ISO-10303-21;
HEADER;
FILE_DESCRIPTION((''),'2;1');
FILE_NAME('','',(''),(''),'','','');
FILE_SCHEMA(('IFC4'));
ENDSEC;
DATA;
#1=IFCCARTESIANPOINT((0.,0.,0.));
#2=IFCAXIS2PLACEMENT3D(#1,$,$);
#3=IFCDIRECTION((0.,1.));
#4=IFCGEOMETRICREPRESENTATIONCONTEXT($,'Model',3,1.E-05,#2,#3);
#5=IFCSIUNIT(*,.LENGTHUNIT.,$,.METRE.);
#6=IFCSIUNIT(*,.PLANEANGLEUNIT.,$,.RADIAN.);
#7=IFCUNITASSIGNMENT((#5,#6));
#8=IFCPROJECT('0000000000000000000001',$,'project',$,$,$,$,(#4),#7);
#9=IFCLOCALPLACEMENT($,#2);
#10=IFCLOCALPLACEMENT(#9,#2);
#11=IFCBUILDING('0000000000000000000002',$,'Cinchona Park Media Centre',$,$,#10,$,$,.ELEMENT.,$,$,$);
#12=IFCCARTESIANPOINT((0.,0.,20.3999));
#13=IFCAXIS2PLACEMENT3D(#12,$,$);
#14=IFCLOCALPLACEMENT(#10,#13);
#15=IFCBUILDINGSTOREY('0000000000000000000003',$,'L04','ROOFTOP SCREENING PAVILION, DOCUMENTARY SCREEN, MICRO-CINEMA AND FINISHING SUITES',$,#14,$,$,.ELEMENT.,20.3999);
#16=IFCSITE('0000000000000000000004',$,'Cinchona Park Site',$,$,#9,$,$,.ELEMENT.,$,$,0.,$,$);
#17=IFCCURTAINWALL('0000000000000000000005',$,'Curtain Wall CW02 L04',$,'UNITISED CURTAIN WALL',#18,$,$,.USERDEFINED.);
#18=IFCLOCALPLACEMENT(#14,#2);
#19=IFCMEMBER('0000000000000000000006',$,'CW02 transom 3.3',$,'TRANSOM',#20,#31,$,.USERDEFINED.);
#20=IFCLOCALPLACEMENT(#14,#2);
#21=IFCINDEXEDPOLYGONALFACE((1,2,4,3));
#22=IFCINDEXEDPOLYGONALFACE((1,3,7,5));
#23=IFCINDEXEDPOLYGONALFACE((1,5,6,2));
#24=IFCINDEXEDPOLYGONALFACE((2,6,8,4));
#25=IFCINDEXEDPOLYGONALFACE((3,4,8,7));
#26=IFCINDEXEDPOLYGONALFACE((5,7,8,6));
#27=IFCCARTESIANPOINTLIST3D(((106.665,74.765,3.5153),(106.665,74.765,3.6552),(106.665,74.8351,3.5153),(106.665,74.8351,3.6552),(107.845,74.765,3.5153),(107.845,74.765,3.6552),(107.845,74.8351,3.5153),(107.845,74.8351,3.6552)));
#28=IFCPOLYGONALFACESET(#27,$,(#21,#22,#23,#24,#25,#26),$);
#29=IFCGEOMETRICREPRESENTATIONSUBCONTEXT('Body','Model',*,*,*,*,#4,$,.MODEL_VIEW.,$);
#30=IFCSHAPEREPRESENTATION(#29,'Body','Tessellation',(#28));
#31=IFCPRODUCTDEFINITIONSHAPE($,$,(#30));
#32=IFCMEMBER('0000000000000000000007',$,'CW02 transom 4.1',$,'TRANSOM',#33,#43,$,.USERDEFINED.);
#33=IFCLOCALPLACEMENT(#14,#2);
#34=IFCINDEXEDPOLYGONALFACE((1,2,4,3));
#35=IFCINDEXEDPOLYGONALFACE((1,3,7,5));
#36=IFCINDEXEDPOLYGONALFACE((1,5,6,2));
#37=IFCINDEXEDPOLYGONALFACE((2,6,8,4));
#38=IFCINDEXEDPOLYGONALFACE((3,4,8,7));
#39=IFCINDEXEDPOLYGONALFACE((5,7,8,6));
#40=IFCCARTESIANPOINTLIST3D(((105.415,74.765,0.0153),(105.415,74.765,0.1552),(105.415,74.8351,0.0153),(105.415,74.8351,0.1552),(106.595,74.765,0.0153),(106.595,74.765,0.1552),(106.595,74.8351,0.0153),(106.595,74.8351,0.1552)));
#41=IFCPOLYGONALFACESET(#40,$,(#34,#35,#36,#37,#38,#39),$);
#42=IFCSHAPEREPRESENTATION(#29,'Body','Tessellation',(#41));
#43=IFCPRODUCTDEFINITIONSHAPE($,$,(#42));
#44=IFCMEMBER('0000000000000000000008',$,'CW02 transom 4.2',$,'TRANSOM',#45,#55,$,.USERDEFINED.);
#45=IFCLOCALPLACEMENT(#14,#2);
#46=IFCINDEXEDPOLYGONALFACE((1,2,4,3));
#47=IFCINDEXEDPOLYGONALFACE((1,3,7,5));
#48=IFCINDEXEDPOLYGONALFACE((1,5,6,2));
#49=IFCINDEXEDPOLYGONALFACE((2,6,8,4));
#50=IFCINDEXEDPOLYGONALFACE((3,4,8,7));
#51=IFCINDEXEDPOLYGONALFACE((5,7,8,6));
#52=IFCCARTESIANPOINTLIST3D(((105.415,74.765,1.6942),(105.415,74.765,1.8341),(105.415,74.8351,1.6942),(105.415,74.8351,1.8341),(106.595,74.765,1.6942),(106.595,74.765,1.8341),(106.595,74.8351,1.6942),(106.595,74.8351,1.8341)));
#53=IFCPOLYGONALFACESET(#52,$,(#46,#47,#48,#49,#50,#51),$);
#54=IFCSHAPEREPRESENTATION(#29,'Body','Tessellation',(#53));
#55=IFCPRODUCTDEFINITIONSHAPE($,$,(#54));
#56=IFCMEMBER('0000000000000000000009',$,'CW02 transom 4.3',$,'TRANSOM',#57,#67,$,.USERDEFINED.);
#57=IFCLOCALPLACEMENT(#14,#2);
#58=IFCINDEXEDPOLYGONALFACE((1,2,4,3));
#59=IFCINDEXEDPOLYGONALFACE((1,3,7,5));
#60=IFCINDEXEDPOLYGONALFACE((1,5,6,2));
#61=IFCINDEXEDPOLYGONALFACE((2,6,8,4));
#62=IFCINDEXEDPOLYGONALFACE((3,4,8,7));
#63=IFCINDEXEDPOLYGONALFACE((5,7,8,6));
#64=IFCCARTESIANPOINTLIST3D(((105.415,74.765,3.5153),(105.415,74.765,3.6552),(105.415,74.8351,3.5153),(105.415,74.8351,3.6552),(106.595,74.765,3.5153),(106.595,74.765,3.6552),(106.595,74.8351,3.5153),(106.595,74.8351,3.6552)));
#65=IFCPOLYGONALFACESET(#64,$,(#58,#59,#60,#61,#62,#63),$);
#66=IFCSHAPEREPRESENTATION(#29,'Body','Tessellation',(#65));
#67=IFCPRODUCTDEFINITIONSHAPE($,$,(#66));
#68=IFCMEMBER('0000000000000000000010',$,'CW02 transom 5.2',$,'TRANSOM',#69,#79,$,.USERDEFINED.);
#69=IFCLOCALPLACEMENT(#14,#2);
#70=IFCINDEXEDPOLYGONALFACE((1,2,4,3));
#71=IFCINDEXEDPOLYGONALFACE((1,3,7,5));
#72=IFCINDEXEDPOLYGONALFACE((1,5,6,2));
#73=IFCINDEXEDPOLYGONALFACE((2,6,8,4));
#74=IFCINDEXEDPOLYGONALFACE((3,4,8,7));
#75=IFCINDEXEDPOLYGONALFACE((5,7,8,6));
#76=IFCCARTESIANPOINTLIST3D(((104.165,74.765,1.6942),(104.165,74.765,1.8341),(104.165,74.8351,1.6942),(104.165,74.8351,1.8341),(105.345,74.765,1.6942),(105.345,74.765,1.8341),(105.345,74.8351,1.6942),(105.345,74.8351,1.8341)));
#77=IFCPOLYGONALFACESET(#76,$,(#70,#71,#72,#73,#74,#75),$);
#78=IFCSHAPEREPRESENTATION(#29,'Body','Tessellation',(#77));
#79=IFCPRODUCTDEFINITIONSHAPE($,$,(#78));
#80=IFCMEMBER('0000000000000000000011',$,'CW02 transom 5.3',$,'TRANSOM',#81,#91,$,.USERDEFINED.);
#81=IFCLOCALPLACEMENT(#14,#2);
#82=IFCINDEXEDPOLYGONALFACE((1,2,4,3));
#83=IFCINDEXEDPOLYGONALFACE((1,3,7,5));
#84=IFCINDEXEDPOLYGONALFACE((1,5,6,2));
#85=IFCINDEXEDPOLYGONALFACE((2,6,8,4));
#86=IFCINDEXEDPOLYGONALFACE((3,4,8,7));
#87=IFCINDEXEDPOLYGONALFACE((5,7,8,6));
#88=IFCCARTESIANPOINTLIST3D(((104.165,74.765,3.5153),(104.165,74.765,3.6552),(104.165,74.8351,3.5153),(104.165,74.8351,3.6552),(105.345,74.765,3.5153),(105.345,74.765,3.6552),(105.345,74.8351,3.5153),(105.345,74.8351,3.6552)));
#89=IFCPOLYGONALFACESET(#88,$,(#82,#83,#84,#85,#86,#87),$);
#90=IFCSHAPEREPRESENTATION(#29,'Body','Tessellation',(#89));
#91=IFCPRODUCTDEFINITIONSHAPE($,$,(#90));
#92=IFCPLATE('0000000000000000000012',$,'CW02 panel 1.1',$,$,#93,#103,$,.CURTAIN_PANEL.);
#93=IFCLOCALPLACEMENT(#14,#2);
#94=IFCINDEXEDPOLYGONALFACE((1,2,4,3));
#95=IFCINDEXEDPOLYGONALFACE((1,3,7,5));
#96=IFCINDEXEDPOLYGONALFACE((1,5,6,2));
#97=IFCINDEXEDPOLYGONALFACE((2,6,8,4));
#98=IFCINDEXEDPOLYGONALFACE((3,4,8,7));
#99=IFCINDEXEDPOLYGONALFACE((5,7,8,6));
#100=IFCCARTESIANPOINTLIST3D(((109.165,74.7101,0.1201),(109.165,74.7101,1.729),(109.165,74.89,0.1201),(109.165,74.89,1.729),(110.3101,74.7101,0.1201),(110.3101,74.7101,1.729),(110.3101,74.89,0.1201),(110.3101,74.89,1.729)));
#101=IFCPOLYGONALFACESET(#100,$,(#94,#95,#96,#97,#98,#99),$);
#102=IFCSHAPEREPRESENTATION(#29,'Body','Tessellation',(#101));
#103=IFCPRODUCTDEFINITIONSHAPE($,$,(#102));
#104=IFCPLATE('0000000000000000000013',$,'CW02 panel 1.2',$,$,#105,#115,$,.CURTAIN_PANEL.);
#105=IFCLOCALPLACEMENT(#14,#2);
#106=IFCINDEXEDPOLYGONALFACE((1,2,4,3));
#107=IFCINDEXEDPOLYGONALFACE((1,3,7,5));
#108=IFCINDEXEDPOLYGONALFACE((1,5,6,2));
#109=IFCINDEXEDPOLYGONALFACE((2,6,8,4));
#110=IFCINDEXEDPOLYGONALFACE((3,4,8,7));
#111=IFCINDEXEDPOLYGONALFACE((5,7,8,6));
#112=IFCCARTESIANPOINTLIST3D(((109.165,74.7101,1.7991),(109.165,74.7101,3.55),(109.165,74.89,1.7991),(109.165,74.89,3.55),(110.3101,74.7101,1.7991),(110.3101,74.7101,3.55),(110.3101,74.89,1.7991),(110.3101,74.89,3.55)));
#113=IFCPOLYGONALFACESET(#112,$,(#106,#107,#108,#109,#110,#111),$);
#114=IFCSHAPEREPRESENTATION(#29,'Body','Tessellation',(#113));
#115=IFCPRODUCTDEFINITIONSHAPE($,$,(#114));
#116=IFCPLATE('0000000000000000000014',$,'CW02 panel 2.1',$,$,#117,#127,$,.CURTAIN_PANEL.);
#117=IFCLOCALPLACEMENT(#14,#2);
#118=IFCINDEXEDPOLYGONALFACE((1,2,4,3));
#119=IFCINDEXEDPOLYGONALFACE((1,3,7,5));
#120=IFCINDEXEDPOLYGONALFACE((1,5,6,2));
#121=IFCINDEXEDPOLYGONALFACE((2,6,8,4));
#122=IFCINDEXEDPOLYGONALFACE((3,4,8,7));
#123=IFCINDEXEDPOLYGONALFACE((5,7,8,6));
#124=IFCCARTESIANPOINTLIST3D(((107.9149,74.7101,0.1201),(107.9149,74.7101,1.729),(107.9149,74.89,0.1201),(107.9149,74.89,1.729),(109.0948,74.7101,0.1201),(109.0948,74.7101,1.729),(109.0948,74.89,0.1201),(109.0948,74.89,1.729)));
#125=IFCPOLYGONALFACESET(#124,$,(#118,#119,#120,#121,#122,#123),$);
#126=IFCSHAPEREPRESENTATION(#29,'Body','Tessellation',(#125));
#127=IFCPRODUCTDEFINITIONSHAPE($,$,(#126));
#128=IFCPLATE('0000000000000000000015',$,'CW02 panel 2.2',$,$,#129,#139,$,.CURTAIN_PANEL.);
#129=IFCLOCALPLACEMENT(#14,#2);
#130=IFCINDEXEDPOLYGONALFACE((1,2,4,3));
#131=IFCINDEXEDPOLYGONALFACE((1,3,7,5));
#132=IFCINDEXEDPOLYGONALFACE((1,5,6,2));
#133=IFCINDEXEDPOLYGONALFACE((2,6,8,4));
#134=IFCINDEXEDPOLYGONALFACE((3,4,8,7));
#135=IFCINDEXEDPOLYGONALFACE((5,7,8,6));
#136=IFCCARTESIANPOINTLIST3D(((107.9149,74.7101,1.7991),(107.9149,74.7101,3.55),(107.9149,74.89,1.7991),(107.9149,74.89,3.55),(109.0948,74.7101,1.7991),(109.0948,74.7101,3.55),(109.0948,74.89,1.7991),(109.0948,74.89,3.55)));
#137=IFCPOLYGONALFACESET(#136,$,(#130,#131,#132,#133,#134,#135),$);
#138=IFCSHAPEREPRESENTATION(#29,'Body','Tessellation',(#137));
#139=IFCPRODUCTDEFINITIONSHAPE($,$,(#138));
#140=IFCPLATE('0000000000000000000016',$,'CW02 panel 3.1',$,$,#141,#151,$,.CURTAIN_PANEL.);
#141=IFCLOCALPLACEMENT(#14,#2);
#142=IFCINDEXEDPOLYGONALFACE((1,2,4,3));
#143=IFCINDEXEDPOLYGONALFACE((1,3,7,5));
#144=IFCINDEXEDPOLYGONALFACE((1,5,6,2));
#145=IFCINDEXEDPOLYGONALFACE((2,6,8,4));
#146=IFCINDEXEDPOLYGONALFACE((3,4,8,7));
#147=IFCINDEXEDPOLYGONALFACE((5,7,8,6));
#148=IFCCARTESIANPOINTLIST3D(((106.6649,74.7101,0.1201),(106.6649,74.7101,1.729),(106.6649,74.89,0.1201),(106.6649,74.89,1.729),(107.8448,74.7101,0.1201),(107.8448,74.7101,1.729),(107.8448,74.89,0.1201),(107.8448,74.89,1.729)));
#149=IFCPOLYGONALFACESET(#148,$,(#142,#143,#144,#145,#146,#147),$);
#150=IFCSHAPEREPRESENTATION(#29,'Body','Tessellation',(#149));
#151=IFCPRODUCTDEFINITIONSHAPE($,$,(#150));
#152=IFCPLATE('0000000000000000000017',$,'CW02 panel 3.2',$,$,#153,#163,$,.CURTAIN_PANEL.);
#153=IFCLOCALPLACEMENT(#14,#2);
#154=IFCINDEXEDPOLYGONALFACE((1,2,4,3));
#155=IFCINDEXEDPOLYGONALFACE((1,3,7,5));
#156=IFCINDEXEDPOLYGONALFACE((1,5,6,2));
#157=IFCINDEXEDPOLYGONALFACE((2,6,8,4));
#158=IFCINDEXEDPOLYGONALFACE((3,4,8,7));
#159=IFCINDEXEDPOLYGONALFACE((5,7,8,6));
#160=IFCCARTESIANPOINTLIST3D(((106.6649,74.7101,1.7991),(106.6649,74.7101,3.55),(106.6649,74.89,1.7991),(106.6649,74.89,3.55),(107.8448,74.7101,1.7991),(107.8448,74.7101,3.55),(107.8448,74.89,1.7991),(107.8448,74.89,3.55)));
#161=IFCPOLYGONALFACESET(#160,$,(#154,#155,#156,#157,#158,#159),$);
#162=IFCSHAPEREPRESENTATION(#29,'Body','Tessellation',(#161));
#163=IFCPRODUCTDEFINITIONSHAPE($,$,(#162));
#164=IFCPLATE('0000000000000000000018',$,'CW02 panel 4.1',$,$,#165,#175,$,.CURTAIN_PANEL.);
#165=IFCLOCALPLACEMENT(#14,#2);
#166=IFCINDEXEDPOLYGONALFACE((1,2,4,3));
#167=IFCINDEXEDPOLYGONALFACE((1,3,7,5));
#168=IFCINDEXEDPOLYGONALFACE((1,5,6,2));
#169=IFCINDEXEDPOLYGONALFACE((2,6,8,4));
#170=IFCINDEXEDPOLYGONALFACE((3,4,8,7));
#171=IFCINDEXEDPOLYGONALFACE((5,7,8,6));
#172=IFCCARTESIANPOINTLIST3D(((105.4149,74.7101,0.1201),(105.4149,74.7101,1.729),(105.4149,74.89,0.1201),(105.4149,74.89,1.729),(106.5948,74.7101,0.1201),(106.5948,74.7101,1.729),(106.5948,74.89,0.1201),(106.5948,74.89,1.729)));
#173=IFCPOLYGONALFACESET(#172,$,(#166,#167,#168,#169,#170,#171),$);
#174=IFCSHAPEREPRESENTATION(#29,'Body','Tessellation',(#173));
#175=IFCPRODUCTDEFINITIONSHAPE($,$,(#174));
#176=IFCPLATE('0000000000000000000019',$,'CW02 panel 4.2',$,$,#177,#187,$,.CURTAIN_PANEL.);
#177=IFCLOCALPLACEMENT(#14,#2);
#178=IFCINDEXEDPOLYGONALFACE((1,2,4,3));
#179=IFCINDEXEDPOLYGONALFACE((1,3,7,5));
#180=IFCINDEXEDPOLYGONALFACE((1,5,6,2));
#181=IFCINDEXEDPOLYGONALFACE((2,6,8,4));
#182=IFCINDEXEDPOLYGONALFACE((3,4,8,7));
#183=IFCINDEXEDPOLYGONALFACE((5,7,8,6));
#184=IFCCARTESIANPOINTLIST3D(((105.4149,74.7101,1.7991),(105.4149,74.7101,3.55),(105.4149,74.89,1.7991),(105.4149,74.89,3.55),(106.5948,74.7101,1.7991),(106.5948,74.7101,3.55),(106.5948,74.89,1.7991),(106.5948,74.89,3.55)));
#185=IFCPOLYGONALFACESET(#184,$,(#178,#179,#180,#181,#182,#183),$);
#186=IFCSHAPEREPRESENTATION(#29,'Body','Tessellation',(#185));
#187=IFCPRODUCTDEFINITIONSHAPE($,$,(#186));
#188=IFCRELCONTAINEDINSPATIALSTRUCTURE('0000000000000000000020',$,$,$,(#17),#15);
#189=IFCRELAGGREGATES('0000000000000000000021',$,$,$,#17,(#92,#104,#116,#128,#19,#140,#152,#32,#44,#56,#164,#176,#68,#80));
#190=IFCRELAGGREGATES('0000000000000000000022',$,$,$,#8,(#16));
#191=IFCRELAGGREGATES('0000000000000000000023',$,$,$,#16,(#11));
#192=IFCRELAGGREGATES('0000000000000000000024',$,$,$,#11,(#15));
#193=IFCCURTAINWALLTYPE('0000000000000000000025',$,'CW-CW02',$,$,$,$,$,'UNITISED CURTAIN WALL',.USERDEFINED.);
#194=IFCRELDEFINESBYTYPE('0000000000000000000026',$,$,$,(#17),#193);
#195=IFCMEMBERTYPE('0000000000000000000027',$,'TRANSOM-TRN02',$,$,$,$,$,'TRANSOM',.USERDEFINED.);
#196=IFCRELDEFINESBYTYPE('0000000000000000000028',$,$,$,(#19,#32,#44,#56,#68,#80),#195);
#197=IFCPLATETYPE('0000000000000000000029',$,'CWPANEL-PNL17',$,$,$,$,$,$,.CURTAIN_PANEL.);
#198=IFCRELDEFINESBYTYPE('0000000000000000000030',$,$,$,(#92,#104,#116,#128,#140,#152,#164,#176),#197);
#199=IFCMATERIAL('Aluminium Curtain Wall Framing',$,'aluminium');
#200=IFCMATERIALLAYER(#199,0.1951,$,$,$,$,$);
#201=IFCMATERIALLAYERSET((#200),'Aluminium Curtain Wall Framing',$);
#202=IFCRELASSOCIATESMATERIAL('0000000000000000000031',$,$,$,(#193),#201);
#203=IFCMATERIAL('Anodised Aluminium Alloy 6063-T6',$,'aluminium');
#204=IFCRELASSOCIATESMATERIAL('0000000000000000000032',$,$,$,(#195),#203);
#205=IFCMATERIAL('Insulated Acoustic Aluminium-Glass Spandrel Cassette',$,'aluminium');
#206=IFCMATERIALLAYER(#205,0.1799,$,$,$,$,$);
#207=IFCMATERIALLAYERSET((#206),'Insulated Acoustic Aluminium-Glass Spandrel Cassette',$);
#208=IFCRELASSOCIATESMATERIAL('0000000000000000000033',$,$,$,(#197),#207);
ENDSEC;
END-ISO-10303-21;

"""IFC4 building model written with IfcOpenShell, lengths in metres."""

from ifc_helpers import new_model, si_unit, direction, frame, origin, origin_2d, place, context, subcontext, project, spatial, rectangle, extrude, material, layer, layer_set, material_profile, profile_set, type_object, element, aggregate, save


model = new_model("IFC4")

# Units and contexts
model_context = context("Model", 3, precision=1e-05, world=origin(), true_north=direction((0.0, 1.0)))
body_context = subcontext(model_context, "Body", "Model", "MODEL_VIEW")
ifc_project = project(units=[si_unit("LENGTHUNIT", "METRE"), si_unit("PLANEANGLEUNIT", "RADIAN")], contexts=[model_context])

# Site, building, storey
site_placement = place(None, origin())
site = spatial("IfcSite", under=ifc_project, at=site_placement, Name="Cinchona Park Site", CompositionType="ELEMENT", RefElevation=0.0)
building_placement = place(site_placement, origin())
building = spatial("IfcBuilding", under=site, at=building_placement, Name="Cinchona Park Media Centre", CompositionType="ELEMENT")
storey_placement = place(building_placement, frame((0.0, 0.0, 20.3999)))
storey = spatial("IfcBuildingStorey", under=building, at=storey_placement, Name="L04", Description="ROOFTOP SCREENING PAVILION, DOCUMENTARY SCREEN, MICRO-CINEMA AND FINISHING SUITES", CompositionType="ELEMENT", Elevation=20.3999)

# Curtain wall, members, plates
ifc_material_1 = material(Name="Aluminium Curtain Wall Framing", Category="aluminium")
ifc_layer_1 = layer(ifc_material_1, 0.1951)
ifc_layer_set_1 = layer_set([ifc_layer_1], Name="Aluminium Curtain Wall Framing")
curtain_wall_type = type_object("IfcCurtainWallType", Name="CW-CW02", ElementType="UNITISED CURTAIN WALL", PredefinedType="USERDEFINED", material=ifc_layer_set_1)
curtain_wall_placement = place(storey_placement, origin())
curtain_wall = element("IfcCurtainWall", 1, at=curtain_wall_placement, inside=storey, type_object=curtain_wall_type, Name="Curtain Wall CW02 L04", ObjectType="UNITISED CURTAIN WALL", PredefinedType="USERDEFINED")
ifc_material_2 = material(Name="Anodised Aluminium Alloy 6063-T6", Category="aluminium")
ifc_material_profile_1 = material_profile(ifc_material_2, rectangle(XDim=0.0701, YDim=0.1399, at=origin_2d()), Name="TRN-70X140")
ifc_profile_set_1 = profile_set([ifc_material_profile_1], Name="Anodised Aluminium Alloy 6063-T6")
member_type_1 = type_object("IfcMemberType", Name="TRANSOM-TRN02", ElementType="TRANSOM", PredefinedType="USERDEFINED", material=ifc_profile_set_1)
member_1_placement = place(storey_placement, frame((107.845, 74.8, 3.5852), z_axis=(-1.0, 0.0, 0.0), x_axis=(0.0, -1.0, 0.0)))
member_1 = element("IfcMember", 2, at=member_1_placement, type_object=member_type_1, Name="CW02 transom 3.3", ObjectType="TRANSOM", PredefinedType="USERDEFINED", context=body_context, shape_type="SweptSolid", body=[
    extrude(rectangle(XDim=0.0701, YDim=0.1399, at=origin_2d()), origin(), (0.0, 0.0, 1.0), 1.1799),
])
member_2_placement = place(storey_placement, frame((106.595, 74.8, 0.0852), z_axis=(-1.0, 0.0, 0.0), x_axis=(0.0, -1.0, 0.0)))
member_2 = element("IfcMember", 3, at=member_2_placement, type_object=member_type_1, Name="CW02 transom 4.1", ObjectType="TRANSOM", PredefinedType="USERDEFINED", context=body_context, shape_type="SweptSolid", body=[
    extrude(rectangle(XDim=0.0701, YDim=0.1399, at=origin_2d()), origin(), (0.0, 0.0, 1.0), 1.1799),
])
member_3_placement = place(storey_placement, frame((106.595, 74.8, 1.7642), z_axis=(-1.0, 0.0, 0.0), x_axis=(0.0, -1.0, 0.0)))
member_3 = element("IfcMember", 4, at=member_3_placement, type_object=member_type_1, Name="CW02 transom 4.2", ObjectType="TRANSOM", PredefinedType="USERDEFINED", context=body_context, shape_type="SweptSolid", body=[
    extrude(rectangle(XDim=0.0701, YDim=0.1399, at=origin_2d()), origin(), (0.0, 0.0, 1.0), 1.1799),
])
member_4_placement = place(storey_placement, frame((106.595, 74.8, 3.5852), z_axis=(-1.0, 0.0, 0.0), x_axis=(0.0, -1.0, 0.0)))
member_4 = element("IfcMember", 5, at=member_4_placement, type_object=member_type_1, Name="CW02 transom 4.3", ObjectType="TRANSOM", PredefinedType="USERDEFINED", context=body_context, shape_type="SweptSolid", body=[
    extrude(rectangle(XDim=0.0701, YDim=0.1399, at=origin_2d()), origin(), (0.0, 0.0, 1.0), 1.1799),
])
member_5_placement = place(storey_placement, frame((105.345, 74.8, 1.7642), z_axis=(-1.0, 0.0, 0.0), x_axis=(0.0, -1.0, 0.0)))
member_5 = element("IfcMember", 6, at=member_5_placement, type_object=member_type_1, Name="CW02 transom 5.2", ObjectType="TRANSOM", PredefinedType="USERDEFINED", context=body_context, shape_type="SweptSolid", body=[
    extrude(rectangle(XDim=0.0701, YDim=0.1399, at=origin_2d()), origin(), (0.0, 0.0, 1.0), 1.1799),
])
member_6_placement = place(storey_placement, frame((105.345, 74.8, 3.5852), z_axis=(-1.0, 0.0, 0.0), x_axis=(0.0, -1.0, 0.0)))
member_6 = element("IfcMember", 7, at=member_6_placement, type_object=member_type_1, Name="CW02 transom 5.3", ObjectType="TRANSOM", PredefinedType="USERDEFINED", context=body_context, shape_type="SweptSolid", body=[
    extrude(rectangle(XDim=0.0701, YDim=0.1399, at=origin_2d()), origin(), (0.0, 0.0, 1.0), 1.1799),
])
ifc_material_3 = material(Name="Insulated Acoustic Aluminium-Glass Spandrel Cassette", Category="aluminium")
ifc_layer_2 = layer(ifc_material_3, 0.1799)
ifc_layer_set_2 = layer_set([ifc_layer_2], Name="Insulated Acoustic Aluminium-Glass Spandrel Cassette")
plate_type = type_object("IfcPlateType", Name="CWPANEL-PNL17", PredefinedType="CURTAIN_PANEL", material=ifc_layer_set_2)
plate_1_placement = place(storey_placement, frame((109.7375, 74.8, 0.1201), z_axis=(0.0, 0.0, 1.0), x_axis=(-1.0, 0.0, 0.0)))
plate_1 = element("IfcPlate", 8, at=plate_1_placement, type_object=plate_type, Name="CW02 panel 1.1", PredefinedType="CURTAIN_PANEL", context=body_context, shape_type="SweptSolid", body=[
    extrude(rectangle(XDim=1.145, YDim=0.1799, at=origin_2d()), origin(), (0.0, 0.0, 1.0), 1.6089),
])
plate_2_placement = place(storey_placement, frame((109.7375, 74.8, 1.7991), z_axis=(0.0, 0.0, 1.0), x_axis=(-1.0, 0.0, 0.0)))
plate_2 = element("IfcPlate", 9, at=plate_2_placement, type_object=plate_type, Name="CW02 panel 1.2", PredefinedType="CURTAIN_PANEL", context=body_context, shape_type="SweptSolid", body=[
    extrude(rectangle(XDim=1.145, YDim=0.1799, at=origin_2d()), origin(), (0.0, 0.0, 1.0), 1.751),
])
plate_3_placement = place(storey_placement, frame((108.5049, 74.8, 0.1201), z_axis=(0.0, 0.0, 1.0), x_axis=(-1.0, 0.0, 0.0)))
plate_3 = element("IfcPlate", 10, at=plate_3_placement, type_object=plate_type, Name="CW02 panel 2.1", PredefinedType="CURTAIN_PANEL", context=body_context, shape_type="SweptSolid", body=[
    extrude(rectangle(XDim=1.1799, YDim=0.1799, at=origin_2d()), origin(), (0.0, 0.0, 1.0), 1.6089),
])
plate_4_placement = place(storey_placement, frame((108.5049, 74.8, 1.7991), z_axis=(0.0, 0.0, 1.0), x_axis=(-1.0, 0.0, 0.0)))
plate_4 = element("IfcPlate", 11, at=plate_4_placement, type_object=plate_type, Name="CW02 panel 2.2", PredefinedType="CURTAIN_PANEL", context=body_context, shape_type="SweptSolid", body=[
    extrude(rectangle(XDim=1.1799, YDim=0.1799, at=origin_2d()), origin(), (0.0, 0.0, 1.0), 1.751),
])
plate_5_placement = place(storey_placement, frame((107.2549, 74.8, 0.1201), z_axis=(0.0, 0.0, 1.0), x_axis=(-1.0, 0.0, 0.0)))
plate_5 = element("IfcPlate", 12, at=plate_5_placement, type_object=plate_type, Name="CW02 panel 3.1", PredefinedType="CURTAIN_PANEL", context=body_context, shape_type="SweptSolid", body=[
    extrude(rectangle(XDim=1.1799, YDim=0.1799, at=origin_2d()), origin(), (0.0, 0.0, 1.0), 1.6089),
])
plate_6_placement = place(storey_placement, frame((107.2549, 74.8, 1.7991), z_axis=(0.0, 0.0, 1.0), x_axis=(-1.0, 0.0, 0.0)))
plate_6 = element("IfcPlate", 13, at=plate_6_placement, type_object=plate_type, Name="CW02 panel 3.2", PredefinedType="CURTAIN_PANEL", context=body_context, shape_type="SweptSolid", body=[
    extrude(rectangle(XDim=1.1799, YDim=0.1799, at=origin_2d()), origin(), (0.0, 0.0, 1.0), 1.751),
])
plate_7_placement = place(storey_placement, frame((106.0049, 74.8, 0.1201), z_axis=(0.0, 0.0, 1.0), x_axis=(-1.0, 0.0, 0.0)))
plate_7 = element("IfcPlate", 14, at=plate_7_placement, type_object=plate_type, Name="CW02 panel 4.1", PredefinedType="CURTAIN_PANEL", context=body_context, shape_type="SweptSolid", body=[
    extrude(rectangle(XDim=1.1799, YDim=0.1799, at=origin_2d()), origin(), (0.0, 0.0, 1.0), 1.6089),
])
plate_8_placement = place(storey_placement, frame((106.0049, 74.8, 1.7991), z_axis=(0.0, 0.0, 1.0), x_axis=(-1.0, 0.0, 0.0)))
plate_8 = element("IfcPlate", 15, at=plate_8_placement, type_object=plate_type, Name="CW02 panel 4.2", PredefinedType="CURTAIN_PANEL", context=body_context, shape_type="SweptSolid", body=[
    extrude(rectangle(XDim=1.1799, YDim=0.1799, at=origin_2d()), origin(), (0.0, 0.0, 1.0), 1.751),
])
aggregate(curtain_wall, [plate_1, plate_2, plate_3, plate_4, member_1, plate_5, plate_6, member_2, member_3, member_4, plate_7, plate_8, member_5, member_6])

save(model, "model.ifc")
